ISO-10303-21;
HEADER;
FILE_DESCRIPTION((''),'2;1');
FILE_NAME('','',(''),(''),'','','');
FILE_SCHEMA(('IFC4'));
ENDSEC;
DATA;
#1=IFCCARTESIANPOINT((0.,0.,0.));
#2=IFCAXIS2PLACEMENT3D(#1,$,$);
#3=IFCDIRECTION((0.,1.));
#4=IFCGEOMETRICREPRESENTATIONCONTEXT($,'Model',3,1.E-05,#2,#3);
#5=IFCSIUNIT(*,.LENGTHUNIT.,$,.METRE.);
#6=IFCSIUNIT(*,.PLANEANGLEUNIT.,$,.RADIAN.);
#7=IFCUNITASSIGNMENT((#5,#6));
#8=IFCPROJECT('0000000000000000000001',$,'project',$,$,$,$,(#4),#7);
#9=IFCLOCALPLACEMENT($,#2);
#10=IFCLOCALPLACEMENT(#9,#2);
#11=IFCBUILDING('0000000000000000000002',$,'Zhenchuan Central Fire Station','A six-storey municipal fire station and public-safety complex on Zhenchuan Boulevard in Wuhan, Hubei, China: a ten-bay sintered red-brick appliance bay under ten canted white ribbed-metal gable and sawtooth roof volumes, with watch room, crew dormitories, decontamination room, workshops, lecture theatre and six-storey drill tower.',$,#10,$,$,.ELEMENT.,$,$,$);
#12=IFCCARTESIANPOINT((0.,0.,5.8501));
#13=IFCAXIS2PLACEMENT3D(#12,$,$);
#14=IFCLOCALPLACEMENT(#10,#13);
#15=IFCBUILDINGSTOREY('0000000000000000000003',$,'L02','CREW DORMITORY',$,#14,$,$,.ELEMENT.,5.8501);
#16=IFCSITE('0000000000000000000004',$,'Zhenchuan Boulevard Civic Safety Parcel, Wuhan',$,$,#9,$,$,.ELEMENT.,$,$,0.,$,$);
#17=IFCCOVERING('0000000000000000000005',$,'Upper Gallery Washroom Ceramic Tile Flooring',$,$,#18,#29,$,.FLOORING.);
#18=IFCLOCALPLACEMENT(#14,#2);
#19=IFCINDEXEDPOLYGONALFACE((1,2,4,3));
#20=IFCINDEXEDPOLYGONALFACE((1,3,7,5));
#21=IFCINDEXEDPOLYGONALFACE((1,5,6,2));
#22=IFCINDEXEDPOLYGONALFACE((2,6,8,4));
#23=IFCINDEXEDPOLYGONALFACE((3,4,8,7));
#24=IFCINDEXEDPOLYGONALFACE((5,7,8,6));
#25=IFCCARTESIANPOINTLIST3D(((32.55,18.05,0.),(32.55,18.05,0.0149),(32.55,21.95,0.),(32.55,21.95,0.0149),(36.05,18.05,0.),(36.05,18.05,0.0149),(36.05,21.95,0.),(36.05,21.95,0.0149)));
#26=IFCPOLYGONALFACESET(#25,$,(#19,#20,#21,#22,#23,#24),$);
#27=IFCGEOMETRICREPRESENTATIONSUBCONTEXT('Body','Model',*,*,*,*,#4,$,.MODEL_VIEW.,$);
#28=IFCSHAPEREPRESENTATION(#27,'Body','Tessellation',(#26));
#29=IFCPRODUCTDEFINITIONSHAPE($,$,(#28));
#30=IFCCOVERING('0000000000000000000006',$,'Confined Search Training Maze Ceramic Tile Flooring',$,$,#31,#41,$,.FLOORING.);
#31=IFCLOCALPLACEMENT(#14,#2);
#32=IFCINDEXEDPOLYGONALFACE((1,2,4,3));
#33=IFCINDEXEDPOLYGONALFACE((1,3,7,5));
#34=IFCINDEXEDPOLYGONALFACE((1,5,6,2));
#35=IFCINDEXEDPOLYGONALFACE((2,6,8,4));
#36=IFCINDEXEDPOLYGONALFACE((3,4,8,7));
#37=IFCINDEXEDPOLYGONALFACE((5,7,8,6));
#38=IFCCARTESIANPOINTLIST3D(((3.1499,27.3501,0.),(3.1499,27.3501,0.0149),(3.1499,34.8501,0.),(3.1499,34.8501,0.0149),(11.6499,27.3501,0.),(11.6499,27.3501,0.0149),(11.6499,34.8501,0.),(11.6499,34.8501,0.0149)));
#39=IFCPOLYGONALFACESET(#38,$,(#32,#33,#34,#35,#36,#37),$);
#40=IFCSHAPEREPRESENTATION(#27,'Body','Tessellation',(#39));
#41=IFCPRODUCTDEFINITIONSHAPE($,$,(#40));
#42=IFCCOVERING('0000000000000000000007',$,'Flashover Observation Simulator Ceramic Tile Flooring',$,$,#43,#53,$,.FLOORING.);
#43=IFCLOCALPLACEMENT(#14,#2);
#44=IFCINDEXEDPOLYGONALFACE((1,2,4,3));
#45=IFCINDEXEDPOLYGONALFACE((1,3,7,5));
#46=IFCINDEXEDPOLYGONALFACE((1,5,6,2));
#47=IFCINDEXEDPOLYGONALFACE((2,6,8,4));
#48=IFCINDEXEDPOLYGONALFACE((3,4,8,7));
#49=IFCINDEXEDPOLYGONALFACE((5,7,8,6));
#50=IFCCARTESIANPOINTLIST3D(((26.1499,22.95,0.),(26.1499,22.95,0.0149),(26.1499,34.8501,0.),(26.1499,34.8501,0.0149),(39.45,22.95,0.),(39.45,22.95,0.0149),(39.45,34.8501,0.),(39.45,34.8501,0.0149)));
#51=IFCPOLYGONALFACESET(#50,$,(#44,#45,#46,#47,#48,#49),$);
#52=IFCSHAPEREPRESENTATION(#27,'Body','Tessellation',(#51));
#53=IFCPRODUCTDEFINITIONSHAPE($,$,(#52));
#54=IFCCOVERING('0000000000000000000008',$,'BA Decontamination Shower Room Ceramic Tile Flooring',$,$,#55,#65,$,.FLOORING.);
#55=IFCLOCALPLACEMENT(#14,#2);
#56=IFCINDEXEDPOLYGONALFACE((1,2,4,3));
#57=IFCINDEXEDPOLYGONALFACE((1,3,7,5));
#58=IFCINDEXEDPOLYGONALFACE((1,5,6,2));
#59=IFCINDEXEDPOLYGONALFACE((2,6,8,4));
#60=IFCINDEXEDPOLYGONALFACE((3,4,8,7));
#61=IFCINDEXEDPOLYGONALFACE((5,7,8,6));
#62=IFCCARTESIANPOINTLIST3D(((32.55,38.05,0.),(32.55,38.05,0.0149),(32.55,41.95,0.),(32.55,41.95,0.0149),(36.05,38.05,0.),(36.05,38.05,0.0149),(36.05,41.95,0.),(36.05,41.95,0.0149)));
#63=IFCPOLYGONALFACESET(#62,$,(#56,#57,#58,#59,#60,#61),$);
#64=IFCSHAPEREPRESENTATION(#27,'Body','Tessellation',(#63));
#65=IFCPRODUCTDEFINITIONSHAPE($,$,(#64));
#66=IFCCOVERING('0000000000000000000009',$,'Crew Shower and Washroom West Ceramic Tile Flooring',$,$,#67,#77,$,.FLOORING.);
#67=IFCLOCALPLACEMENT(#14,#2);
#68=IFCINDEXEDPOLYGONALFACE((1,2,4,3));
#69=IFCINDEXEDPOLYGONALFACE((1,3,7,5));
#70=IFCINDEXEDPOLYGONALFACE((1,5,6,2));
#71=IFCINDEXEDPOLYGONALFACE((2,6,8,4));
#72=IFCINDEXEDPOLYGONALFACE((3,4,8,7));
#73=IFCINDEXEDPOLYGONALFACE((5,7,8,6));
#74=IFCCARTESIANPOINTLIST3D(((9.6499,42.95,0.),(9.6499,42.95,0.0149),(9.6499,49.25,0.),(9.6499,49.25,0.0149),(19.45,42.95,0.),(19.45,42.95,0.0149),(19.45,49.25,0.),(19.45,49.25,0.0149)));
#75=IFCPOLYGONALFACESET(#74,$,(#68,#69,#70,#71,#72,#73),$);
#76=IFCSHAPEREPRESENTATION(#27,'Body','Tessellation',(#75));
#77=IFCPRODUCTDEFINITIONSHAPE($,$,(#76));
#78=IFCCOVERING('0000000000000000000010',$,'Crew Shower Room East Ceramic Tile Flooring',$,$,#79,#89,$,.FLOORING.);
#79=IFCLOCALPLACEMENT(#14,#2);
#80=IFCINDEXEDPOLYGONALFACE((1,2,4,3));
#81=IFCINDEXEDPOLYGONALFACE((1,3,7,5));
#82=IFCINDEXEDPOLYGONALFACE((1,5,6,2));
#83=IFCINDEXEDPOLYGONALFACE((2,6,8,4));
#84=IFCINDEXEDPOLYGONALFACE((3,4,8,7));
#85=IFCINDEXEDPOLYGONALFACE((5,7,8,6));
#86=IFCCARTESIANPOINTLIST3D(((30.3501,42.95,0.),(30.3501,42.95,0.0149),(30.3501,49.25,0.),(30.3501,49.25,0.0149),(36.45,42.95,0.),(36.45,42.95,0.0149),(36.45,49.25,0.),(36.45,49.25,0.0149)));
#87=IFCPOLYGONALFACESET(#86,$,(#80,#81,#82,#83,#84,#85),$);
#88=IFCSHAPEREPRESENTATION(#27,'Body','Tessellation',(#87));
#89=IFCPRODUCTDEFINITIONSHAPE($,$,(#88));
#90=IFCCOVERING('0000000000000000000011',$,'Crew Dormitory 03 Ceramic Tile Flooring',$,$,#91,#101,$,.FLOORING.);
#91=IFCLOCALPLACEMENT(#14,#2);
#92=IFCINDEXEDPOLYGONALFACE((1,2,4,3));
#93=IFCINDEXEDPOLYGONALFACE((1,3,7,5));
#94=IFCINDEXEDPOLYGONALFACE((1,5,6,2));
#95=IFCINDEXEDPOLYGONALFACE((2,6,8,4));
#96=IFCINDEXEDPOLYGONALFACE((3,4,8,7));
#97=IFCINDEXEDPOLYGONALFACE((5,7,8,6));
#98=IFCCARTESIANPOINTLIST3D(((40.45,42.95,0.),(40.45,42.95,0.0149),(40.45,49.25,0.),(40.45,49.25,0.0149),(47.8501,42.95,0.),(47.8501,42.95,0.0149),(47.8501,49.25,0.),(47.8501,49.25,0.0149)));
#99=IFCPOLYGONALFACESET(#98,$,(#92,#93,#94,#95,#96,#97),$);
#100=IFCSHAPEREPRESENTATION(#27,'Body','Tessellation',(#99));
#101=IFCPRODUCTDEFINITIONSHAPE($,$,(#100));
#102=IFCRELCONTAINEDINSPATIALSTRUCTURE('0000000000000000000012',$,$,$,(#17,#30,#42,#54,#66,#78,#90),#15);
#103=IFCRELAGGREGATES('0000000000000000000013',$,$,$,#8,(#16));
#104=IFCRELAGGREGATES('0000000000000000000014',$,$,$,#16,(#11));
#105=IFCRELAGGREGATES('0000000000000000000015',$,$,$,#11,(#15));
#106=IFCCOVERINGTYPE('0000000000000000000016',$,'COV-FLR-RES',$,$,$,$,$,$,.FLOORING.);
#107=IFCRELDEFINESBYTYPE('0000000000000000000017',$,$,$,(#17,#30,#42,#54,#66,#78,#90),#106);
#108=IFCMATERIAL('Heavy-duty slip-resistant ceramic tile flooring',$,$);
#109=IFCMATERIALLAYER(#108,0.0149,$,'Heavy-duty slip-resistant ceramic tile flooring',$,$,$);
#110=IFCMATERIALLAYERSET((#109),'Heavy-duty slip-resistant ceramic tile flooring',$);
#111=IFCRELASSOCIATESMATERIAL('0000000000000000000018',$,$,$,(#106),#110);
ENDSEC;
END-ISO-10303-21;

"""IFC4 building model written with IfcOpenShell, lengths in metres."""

from ifc_helpers import new_model, si_unit, direction, frame, origin, place, context, subcontext, project, spatial, polyline, outline, extrude, material, layer, layer_set, type_object, element, save


model = new_model("IFC4")

# Units and contexts
model_context = context("Model", 3, precision=1e-05, world=origin(), true_north=direction((0.0, 1.0)))
body_context = subcontext(model_context, "Body", "Model", "MODEL_VIEW")
ifc_project = project(units=[si_unit("LENGTHUNIT", "METRE"), si_unit("PLANEANGLEUNIT", "RADIAN")], contexts=[model_context])

# Site, building, storey
site_placement = place(None, origin())
site = spatial("IfcSite", under=ifc_project, at=site_placement, Name="Zhenchuan Boulevard Civic Safety Parcel, Wuhan", CompositionType="ELEMENT", RefElevation=0.0)
building_placement = place(site_placement, origin())
building = spatial("IfcBuilding", under=site, at=building_placement, Name="Zhenchuan Central Fire Station", Description="A six-storey municipal fire station and public-safety complex on Zhenchuan Boulevard in Wuhan, Hubei, China: a ten-bay sintered red-brick appliance bay under ten canted white ribbed-metal gable and sawtooth roof volumes, with watch room, crew dormitories, decontamination room, workshops, lecture theatre and six-storey drill tower.", CompositionType="ELEMENT")
storey_placement = place(building_placement, frame((0.0, 0.0, 5.8501)))
storey = spatial("IfcBuildingStorey", under=building, at=storey_placement, Name="L02", Description="CREW DORMITORY", CompositionType="ELEMENT", Elevation=5.8501)

# Coverings
ifc_material_1 = material(Name="Heavy-duty slip-resistant ceramic tile flooring")
ifc_layer_1 = layer(ifc_material_1, 0.0149, Name="Heavy-duty slip-resistant ceramic tile flooring")
ifc_layer_set_1 = layer_set([ifc_layer_1], Name="Heavy-duty slip-resistant ceramic tile flooring")
covering_type_1 = type_object("IfcCoveringType", Name="COV-FLR-RES", PredefinedType="FLOORING", material=ifc_layer_set_1)
covering_1_placement = place(storey_placement, origin())
element("IfcCovering", 1, at=covering_1_placement, inside=storey, type_object=covering_type_1, Name="Upper Gallery Washroom Ceramic Tile Flooring", PredefinedType="FLOORING", context=body_context, shape_type="SweptSolid", body=[
    extrude(outline(polyline([(32.55, 18.05), (36.05, 18.05), (36.05, 21.95), (32.55, 21.95), (32.55, 18.05)])), origin(), (0.0, 0.0, 1.0), 0.0149),
])
covering_2_placement = place(storey_placement, origin())
element("IfcCovering", 2, at=covering_2_placement, inside=storey, type_object=covering_type_1, Name="Confined Search Training Maze Ceramic Tile Flooring", PredefinedType="FLOORING", context=body_context, shape_type="SweptSolid", body=[
    extrude(outline(polyline([(3.1499, 27.3501), (11.6499, 27.3501), (11.6499, 34.8501), (3.1499, 34.8501), (3.1499, 27.3501)])), origin(), (0.0, 0.0, 1.0), 0.0149),
])
covering_3_placement = place(storey_placement, origin())
element("IfcCovering", 3, at=covering_3_placement, inside=storey, type_object=covering_type_1, Name="Flashover Observation Simulator Ceramic Tile Flooring", PredefinedType="FLOORING", context=body_context, shape_type="SweptSolid", body=[
    extrude(outline(polyline([(26.1499, 22.95), (39.45, 22.95), (39.45, 34.8501), (26.1499, 34.8501), (26.1499, 22.95)])), origin(), (0.0, 0.0, 1.0), 0.0149),
])
covering_4_placement = place(storey_placement, origin())
element("IfcCovering", 4, at=covering_4_placement, inside=storey, type_object=covering_type_1, Name="BA Decontamination Shower Room Ceramic Tile Flooring", PredefinedType="FLOORING", context=body_context, shape_type="SweptSolid", body=[
    extrude(outline(polyline([(32.55, 38.05), (36.05, 38.05), (36.05, 41.95), (32.55, 41.95), (32.55, 38.05)])), origin(), (0.0, 0.0, 1.0), 0.0149),
])
covering_5_placement = place(storey_placement, origin())
element("IfcCovering", 5, at=covering_5_placement, inside=storey, type_object=covering_type_1, Name="Crew Shower and Washroom West Ceramic Tile Flooring", PredefinedType="FLOORING", context=body_context, shape_type="SweptSolid", body=[
    extrude(outline(polyline([(9.6499, 42.95), (19.45, 42.95), (19.45, 49.25), (9.6499, 49.25), (9.6499, 42.95)])), origin(), (0.0, 0.0, 1.0), 0.0149),
])
covering_6_placement = place(storey_placement, origin())
element("IfcCovering", 6, at=covering_6_placement, inside=storey, type_object=covering_type_1, Name="Crew Shower Room East Ceramic Tile Flooring", PredefinedType="FLOORING", context=body_context, shape_type="SweptSolid", body=[
    extrude(outline(polyline([(30.3501, 42.95), (36.45, 42.95), (36.45, 49.25), (30.3501, 49.25), (30.3501, 42.95)])), origin(), (0.0, 0.0, 1.0), 0.0149),
])
covering_7_placement = place(storey_placement, origin())
element("IfcCovering", 7, at=covering_7_placement, inside=storey, type_object=covering_type_1, Name="Crew Dormitory 03 Ceramic Tile Flooring", PredefinedType="FLOORING", context=body_context, shape_type="SweptSolid", body=[
    extrude(outline(polyline([(40.45, 42.95), (47.8501, 42.95), (47.8501, 49.25), (40.45, 49.25), (40.45, 42.95)])), origin(), (0.0, 0.0, 1.0), 0.0149),
])

save(model, "model.ifc")
